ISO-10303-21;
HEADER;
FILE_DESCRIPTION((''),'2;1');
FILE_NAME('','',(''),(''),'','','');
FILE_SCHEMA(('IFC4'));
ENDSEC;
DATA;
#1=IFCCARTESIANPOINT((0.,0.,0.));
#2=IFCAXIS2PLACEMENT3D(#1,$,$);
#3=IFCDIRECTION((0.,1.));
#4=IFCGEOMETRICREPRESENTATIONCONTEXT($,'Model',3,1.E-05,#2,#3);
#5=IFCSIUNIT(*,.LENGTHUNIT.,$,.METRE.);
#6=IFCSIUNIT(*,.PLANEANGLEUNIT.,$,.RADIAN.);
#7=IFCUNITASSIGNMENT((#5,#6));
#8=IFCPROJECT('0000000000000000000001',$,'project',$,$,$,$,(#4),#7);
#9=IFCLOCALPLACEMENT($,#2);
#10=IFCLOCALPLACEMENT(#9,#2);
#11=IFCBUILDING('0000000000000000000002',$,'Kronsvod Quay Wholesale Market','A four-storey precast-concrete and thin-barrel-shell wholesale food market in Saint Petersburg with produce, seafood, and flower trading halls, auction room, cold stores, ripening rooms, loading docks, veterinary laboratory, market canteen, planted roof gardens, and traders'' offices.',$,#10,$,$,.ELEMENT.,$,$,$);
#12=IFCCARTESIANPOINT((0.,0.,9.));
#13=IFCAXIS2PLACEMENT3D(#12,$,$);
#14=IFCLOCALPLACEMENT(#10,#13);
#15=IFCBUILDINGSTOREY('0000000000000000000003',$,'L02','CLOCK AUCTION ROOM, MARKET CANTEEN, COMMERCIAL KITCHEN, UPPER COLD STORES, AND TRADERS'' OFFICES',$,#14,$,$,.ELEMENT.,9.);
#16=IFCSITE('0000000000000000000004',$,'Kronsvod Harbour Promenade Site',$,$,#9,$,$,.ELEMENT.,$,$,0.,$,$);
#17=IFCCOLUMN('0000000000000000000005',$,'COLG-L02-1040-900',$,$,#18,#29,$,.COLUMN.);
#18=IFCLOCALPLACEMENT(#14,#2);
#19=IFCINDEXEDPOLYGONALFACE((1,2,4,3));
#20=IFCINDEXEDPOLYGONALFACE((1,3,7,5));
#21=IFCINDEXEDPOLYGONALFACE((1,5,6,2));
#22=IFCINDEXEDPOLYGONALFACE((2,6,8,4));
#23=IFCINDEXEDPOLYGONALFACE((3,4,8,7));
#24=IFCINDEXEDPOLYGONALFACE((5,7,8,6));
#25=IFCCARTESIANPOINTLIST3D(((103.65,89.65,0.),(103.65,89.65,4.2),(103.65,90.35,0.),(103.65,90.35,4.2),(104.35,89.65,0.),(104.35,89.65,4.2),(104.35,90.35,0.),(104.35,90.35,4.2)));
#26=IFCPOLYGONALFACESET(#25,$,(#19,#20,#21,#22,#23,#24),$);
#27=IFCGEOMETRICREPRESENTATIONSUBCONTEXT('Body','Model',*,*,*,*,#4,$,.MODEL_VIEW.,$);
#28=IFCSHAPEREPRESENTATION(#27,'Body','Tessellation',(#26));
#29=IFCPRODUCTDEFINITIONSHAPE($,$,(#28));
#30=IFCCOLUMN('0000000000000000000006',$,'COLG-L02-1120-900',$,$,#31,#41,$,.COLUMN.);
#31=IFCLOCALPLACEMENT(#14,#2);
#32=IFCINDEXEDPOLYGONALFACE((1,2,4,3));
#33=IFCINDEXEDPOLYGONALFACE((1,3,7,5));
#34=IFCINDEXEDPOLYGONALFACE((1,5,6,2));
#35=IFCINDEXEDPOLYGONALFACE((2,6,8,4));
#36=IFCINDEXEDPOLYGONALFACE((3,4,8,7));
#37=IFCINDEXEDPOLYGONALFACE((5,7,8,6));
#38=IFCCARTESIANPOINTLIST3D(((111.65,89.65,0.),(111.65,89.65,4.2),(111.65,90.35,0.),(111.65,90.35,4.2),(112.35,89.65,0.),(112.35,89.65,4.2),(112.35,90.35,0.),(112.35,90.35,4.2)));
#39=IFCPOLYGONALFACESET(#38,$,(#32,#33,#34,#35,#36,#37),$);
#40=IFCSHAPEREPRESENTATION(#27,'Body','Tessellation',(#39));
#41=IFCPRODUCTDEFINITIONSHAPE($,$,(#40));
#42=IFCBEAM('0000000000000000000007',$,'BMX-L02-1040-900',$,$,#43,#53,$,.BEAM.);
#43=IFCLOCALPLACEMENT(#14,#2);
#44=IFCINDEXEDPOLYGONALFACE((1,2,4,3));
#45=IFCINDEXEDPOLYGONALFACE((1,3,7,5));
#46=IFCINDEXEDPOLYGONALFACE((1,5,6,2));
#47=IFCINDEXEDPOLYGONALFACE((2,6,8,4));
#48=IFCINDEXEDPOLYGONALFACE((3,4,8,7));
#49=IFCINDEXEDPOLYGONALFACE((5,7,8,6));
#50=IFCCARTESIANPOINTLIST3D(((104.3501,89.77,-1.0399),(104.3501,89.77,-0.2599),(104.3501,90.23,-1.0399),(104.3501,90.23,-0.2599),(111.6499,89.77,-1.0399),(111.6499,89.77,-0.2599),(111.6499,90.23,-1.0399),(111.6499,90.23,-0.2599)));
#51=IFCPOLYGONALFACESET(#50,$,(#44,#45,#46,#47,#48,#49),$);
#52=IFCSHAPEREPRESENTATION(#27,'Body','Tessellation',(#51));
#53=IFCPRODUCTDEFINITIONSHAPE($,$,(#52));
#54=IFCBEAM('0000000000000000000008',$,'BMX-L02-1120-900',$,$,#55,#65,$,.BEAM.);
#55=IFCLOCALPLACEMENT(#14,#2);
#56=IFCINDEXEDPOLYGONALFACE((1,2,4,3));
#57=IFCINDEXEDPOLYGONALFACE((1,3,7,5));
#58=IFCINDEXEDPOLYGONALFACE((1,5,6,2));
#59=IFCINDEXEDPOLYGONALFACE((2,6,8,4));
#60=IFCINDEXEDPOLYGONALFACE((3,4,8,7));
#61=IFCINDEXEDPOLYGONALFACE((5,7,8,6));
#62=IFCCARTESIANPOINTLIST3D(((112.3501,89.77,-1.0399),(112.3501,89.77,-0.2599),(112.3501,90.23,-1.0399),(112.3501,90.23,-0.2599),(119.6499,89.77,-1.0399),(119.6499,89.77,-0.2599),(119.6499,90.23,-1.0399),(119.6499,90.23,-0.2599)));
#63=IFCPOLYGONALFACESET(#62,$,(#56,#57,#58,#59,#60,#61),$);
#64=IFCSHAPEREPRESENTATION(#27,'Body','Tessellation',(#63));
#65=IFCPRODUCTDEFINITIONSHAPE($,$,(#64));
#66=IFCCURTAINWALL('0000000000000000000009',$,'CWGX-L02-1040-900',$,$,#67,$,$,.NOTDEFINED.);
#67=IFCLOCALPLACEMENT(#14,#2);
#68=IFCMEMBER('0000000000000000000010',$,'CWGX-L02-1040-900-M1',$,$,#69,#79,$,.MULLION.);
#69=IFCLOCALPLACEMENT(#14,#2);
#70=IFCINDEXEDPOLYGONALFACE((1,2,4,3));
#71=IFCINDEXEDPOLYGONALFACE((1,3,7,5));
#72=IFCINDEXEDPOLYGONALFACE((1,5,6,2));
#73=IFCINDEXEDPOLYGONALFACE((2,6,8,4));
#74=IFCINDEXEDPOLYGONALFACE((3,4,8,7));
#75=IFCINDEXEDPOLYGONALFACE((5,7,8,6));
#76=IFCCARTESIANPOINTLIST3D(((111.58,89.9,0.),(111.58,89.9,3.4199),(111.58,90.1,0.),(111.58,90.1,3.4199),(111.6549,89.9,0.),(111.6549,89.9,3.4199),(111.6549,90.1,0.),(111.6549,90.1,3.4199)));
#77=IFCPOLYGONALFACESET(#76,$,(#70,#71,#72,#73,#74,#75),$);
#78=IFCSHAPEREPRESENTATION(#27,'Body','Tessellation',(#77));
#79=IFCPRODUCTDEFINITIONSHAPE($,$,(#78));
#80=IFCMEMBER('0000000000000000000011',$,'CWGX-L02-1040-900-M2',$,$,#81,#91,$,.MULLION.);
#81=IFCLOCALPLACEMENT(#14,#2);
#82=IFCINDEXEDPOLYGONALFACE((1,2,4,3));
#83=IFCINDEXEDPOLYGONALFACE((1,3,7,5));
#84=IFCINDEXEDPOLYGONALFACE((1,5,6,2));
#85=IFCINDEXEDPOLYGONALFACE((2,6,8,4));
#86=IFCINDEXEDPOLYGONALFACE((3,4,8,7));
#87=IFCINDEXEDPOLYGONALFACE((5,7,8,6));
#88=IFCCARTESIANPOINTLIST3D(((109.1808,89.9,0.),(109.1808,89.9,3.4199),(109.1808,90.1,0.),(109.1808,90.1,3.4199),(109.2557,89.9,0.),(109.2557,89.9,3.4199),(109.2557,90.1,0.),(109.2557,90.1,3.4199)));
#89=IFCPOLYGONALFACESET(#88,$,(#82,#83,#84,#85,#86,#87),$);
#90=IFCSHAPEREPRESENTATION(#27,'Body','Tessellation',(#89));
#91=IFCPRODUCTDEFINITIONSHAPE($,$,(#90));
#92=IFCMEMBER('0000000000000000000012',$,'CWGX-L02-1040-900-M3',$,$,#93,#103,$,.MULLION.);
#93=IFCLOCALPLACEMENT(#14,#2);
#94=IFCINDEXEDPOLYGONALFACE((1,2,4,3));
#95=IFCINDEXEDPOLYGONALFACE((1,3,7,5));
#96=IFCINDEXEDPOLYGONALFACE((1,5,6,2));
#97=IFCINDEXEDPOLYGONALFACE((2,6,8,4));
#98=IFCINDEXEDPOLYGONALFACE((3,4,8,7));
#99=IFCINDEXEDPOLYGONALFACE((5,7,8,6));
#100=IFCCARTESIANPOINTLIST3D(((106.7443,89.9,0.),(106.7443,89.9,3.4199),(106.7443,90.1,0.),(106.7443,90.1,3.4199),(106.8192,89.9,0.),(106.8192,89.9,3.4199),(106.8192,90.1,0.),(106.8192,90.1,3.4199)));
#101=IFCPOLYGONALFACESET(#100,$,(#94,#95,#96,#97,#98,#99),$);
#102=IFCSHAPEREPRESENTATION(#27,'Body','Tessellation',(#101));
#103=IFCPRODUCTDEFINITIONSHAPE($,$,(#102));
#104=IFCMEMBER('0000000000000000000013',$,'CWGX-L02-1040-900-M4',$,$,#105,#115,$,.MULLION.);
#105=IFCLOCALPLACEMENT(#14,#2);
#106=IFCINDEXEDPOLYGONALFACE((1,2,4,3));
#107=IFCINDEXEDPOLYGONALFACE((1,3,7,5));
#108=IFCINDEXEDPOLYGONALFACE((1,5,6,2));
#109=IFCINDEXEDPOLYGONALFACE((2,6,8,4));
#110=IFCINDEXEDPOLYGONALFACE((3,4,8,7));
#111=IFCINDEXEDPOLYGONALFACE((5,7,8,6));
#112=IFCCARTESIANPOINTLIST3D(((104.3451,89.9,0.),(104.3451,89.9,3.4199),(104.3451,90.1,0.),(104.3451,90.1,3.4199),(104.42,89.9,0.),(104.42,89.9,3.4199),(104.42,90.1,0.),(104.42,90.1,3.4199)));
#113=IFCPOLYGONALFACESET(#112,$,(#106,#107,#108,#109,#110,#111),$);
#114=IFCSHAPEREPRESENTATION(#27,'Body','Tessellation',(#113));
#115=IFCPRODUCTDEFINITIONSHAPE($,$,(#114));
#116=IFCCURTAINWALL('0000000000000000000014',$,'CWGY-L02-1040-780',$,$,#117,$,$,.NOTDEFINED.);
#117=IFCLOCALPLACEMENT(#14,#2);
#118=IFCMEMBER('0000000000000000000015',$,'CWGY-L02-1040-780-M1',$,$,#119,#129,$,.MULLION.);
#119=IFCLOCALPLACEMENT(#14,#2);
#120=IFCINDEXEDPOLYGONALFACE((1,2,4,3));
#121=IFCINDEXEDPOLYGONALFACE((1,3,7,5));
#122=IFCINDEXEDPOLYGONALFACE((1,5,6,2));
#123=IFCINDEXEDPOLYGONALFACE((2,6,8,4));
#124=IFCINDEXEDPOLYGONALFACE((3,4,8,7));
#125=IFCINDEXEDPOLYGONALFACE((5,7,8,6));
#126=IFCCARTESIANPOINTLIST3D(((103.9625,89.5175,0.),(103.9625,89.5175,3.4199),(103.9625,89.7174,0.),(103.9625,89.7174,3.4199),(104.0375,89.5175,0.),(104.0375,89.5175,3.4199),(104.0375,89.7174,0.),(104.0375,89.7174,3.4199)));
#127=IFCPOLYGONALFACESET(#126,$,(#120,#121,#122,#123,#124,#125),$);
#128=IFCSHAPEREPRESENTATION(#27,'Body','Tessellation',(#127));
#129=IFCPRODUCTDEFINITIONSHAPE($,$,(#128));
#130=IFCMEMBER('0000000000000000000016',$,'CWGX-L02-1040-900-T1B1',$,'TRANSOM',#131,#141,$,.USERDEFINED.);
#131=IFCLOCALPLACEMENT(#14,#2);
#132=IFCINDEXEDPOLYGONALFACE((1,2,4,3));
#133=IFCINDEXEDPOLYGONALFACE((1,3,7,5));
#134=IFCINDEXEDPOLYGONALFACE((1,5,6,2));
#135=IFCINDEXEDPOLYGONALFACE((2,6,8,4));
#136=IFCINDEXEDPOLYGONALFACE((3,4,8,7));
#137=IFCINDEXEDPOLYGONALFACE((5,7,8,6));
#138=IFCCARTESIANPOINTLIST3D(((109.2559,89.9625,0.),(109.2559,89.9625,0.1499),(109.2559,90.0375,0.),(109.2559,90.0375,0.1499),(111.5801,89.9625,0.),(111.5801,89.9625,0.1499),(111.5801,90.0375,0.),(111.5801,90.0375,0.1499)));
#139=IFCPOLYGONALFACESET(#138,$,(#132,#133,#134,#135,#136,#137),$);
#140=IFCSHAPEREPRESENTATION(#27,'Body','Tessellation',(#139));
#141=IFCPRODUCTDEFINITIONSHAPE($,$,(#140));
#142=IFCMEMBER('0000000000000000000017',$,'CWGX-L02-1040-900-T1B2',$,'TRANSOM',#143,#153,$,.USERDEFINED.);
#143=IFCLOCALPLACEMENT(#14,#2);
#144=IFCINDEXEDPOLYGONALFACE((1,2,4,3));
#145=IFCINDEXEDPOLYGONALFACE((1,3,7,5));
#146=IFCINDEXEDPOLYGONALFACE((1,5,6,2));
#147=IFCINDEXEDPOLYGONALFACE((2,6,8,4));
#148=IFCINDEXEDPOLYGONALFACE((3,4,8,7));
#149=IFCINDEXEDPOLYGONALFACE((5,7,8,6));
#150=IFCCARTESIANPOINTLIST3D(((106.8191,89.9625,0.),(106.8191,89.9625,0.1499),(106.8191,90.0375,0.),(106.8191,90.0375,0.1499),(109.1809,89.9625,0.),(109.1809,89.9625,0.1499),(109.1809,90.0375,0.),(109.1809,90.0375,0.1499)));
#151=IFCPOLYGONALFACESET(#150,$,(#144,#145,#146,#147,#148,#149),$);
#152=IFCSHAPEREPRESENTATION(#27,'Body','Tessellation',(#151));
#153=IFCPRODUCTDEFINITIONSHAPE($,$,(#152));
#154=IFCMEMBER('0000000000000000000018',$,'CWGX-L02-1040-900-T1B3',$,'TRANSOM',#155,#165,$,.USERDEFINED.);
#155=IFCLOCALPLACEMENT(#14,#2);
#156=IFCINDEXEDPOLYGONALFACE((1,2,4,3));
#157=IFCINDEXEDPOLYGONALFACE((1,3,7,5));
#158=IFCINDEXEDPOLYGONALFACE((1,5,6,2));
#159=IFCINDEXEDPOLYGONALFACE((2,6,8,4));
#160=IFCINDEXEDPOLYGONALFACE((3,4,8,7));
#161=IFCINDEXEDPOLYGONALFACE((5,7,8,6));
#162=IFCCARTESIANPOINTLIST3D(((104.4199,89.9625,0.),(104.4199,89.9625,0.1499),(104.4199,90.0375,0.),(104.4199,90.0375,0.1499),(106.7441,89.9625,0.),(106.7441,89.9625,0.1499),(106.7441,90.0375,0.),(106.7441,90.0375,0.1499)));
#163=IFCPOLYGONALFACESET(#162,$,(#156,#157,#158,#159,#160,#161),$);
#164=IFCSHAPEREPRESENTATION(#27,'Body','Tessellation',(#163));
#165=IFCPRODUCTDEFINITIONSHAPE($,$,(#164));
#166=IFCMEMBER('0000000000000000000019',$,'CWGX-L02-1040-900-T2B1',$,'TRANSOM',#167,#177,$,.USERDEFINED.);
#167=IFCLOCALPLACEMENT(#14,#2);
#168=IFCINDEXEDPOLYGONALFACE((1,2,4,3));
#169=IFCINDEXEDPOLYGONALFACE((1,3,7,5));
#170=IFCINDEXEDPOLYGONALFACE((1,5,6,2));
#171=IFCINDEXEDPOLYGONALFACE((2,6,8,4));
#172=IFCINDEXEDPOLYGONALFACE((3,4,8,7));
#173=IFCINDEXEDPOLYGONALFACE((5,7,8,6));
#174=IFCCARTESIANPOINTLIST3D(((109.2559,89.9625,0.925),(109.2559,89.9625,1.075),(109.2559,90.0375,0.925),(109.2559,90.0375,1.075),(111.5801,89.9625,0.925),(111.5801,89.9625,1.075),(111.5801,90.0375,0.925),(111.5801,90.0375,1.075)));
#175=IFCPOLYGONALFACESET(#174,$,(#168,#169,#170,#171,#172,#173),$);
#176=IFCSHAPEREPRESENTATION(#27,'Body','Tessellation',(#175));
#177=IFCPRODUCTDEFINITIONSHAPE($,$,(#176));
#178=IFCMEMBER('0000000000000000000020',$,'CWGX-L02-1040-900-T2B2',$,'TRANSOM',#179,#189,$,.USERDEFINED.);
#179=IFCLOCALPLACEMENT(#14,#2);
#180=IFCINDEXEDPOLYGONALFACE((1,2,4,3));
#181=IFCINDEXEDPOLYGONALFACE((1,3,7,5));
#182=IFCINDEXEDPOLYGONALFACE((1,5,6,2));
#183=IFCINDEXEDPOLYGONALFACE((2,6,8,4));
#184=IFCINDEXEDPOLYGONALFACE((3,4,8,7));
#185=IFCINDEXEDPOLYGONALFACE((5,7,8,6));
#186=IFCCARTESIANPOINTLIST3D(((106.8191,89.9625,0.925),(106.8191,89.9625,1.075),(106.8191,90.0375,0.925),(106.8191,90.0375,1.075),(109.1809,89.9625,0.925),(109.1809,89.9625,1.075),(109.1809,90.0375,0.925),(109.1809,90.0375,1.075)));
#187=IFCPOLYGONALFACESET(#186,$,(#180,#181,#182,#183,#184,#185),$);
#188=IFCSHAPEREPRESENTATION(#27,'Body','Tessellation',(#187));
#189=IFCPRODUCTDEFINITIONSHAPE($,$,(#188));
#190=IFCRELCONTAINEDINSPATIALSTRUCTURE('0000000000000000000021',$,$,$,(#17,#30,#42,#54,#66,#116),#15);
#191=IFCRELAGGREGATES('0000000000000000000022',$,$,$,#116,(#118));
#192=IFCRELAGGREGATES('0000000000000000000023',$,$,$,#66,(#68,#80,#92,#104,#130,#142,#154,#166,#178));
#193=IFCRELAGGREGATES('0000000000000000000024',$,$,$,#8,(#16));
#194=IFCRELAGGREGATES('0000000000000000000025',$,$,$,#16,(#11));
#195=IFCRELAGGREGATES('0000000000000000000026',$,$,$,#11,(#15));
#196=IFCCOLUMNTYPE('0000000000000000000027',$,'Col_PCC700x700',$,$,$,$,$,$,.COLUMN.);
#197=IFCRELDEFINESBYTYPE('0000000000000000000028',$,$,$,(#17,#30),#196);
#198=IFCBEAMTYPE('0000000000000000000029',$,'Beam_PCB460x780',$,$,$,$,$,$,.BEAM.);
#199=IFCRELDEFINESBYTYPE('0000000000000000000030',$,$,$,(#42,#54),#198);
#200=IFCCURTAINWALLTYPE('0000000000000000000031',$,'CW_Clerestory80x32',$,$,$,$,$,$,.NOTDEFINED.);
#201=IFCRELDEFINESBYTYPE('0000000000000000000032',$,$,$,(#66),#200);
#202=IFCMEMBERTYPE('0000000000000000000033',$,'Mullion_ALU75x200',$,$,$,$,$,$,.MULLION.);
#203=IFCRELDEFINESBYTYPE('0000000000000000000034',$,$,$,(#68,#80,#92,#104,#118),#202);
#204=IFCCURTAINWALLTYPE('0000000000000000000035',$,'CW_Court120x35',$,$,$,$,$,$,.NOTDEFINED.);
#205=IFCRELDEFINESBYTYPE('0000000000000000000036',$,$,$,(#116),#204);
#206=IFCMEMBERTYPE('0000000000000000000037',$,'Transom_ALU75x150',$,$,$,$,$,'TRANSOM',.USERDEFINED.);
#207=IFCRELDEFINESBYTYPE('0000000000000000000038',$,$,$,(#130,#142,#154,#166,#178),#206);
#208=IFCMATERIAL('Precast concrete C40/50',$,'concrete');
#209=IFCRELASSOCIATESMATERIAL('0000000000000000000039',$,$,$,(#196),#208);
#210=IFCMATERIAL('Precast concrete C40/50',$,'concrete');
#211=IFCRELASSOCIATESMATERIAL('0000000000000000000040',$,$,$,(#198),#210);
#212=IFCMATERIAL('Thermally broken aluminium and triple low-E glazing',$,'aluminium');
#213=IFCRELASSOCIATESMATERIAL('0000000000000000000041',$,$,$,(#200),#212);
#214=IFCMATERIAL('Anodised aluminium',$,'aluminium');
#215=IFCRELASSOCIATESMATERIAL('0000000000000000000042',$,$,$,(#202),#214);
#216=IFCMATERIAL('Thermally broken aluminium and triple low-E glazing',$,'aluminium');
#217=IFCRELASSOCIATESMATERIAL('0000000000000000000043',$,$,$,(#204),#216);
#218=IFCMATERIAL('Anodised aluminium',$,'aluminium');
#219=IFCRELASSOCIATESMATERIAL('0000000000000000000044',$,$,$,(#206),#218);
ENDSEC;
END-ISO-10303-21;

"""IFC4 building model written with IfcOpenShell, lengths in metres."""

from ifc_helpers import new_model, si_unit, direction, frame, origin, origin_2d, place, context, subcontext, project, spatial, rectangle, extrude, material, material_profile, profile_set, type_object, element, aggregate, save


model = new_model("IFC4")

# Units and contexts
model_context = context("Model", 3, precision=1e-05, world=origin(), true_north=direction((0.0, 1.0)))
body_context = subcontext(model_context, "Body", "Model", "MODEL_VIEW")
ifc_project = project(units=[si_unit("LENGTHUNIT", "METRE"), si_unit("PLANEANGLEUNIT", "RADIAN")], contexts=[model_context])

# Site, building, storey
site_placement = place(None, origin())
site = spatial("IfcSite", under=ifc_project, at=site_placement, Name="Kronsvod Harbour Promenade Site", CompositionType="ELEMENT", RefElevation=0.0)
building_placement = place(site_placement, origin())
building = spatial("IfcBuilding", under=site, at=building_placement, Name="Kronsvod Quay Wholesale Market", Description="A four-storey precast-concrete and thin-barrel-shell wholesale food market in Saint Petersburg with produce, seafood, and flower trading halls, auction room, cold stores, ripening rooms, loading docks, veterinary laboratory, market canteen, planted roof gardens, and traders' offices.", CompositionType="ELEMENT")
storey_placement = place(building_placement, frame((0.0, 0.0, 9.0)))
storey = spatial("IfcBuildingStorey", under=building, at=storey_placement, Name="L02", Description="CLOCK AUCTION ROOM, MARKET CANTEEN, COMMERCIAL KITCHEN, UPPER COLD STORES, AND TRADERS' OFFICES", CompositionType="ELEMENT", Elevation=9.0)

# Columns
ifc_material_1 = material(Name="Precast concrete C40/50", Category="concrete")
ifc_material_profile_1 = material_profile(ifc_material_1, rectangle(XDim=0.7, YDim=0.7, at=origin_2d()), Name="PCC700x700")
ifc_profile_set_1 = profile_set([ifc_material_profile_1], Name="Precast concrete C40/50")
column_type = type_object("IfcColumnType", Name="Col_PCC700x700", PredefinedType="COLUMN", material=ifc_profile_set_1)
for number, where, z_axis, x_axis, name in (
    (1, (104.0, 90.0, 0.0), (0.0, 0.0, 1.0), (1.0, 0.0, 0.0), "COLG-L02-1040-900"),
    (2, (112.0, 90.0, 0.0), (0.0, 0.0, 1.0), (1.0, 0.0, 0.0), "COLG-L02-1120-900"),
):
    element("IfcColumn", number, at=place(storey_placement, frame(where, z_axis=z_axis, x_axis=x_axis)), inside=storey, type_object=column_type, Name=name, PredefinedType="COLUMN", context=body_context, shape_type="SweptSolid", body=[
        extrude(rectangle(XDim=0.7, YDim=0.7, at=origin_2d()), origin(), (0.0, 0.0, 1.0), 4.2),
    ])

# Beams
ifc_material_2 = material(Name="Precast concrete C40/50", Category="concrete")
ifc_material_profile_2 = material_profile(ifc_material_2, rectangle(XDim=0.46, YDim=0.78, at=origin_2d()), Name="PB-03")
ifc_profile_set_2 = profile_set([ifc_material_profile_2], Name="Precast concrete C40/50")
beam_type = type_object("IfcBeamType", Name="Beam_PCB460x780", PredefinedType="BEAM", material=ifc_profile_set_2)
for number, where, z_axis, x_axis, name in (
    (3, (104.3501, 90.0, -0.6499), (1.0, 0.0, 0.0), (0.0, 1.0, 0.0), "BMX-L02-1040-900"),
    (4, (112.3501, 90.0, -0.6499), (1.0, 0.0, 0.0), (0.0, 1.0, 0.0), "BMX-L02-1120-900"),
):
    element("IfcBeam", number, at=place(storey_placement, frame(where, z_axis=z_axis, x_axis=x_axis)), inside=storey, type_object=beam_type, Name=name, PredefinedType="BEAM", context=body_context, shape_type="SweptSolid", body=[
        extrude(rectangle(XDim=0.46, YDim=0.78, at=origin_2d()), origin(), (0.0, 0.0, 1.0), 7.2998),
    ])

# Curtain wall, members
ifc_material_3 = material(Name="Thermally broken aluminium and triple low-E glazing", Category="aluminium")
curtain_wall_type_1 = type_object("IfcCurtainWallType", Name="CW_Clerestory80x32", PredefinedType="NOTDEFINED", material=ifc_material_3)
curtain_wall_1_placement = place(storey_placement, origin())
curtain_wall_1 = element("IfcCurtainWall", 5, at=curtain_wall_1_placement, inside=storey, type_object=curtain_wall_type_1, Name="CWGX-L02-1040-900", PredefinedType="NOTDEFINED")
ifc_material_4 = material(Name="Anodised aluminium", Category="aluminium")
ifc_material_profile_3 = material_profile(ifc_material_4, rectangle(XDim=0.075, YDim=0.2, at=origin_2d()), Name="ALUM75x200")
ifc_profile_set_3 = profile_set([ifc_material_profile_3], Name="Anodised aluminium")
member_type_1 = type_object("IfcMemberType", Name="Mullion_ALU75x200", PredefinedType="MULLION", material=ifc_profile_set_3)
member_1_placement = place(storey_placement, frame((111.6174, 90.0, 0.0), z_axis=(0.0, 0.0, 1.0), x_axis=(1.0, 0.0, 0.0)))
member_1 = element("IfcMember", 6, at=member_1_placement, type_object=member_type_1, Name="CWGX-L02-1040-900-M1", PredefinedType="MULLION", context=body_context, shape_type="SweptSolid", body=[
    extrude(rectangle(XDim=0.075, YDim=0.2, at=origin_2d()), origin(), (0.0, 0.0, 1.0), 3.4199),
])
member_2_placement = place(storey_placement, frame((109.2183, 90.0, 0.0), z_axis=(0.0, 0.0, 1.0), x_axis=(1.0, 0.0, 0.0)))
member_2 = element("IfcMember", 7, at=member_2_placement, type_object=member_type_1, Name="CWGX-L02-1040-900-M2", PredefinedType="MULLION", context=body_context, shape_type="SweptSolid", body=[
    extrude(rectangle(XDim=0.075, YDim=0.2, at=origin_2d()), origin(), (0.0, 0.0, 1.0), 3.4199),
])
member_3_placement = place(storey_placement, frame((106.7817, 90.0, 0.0), z_axis=(0.0, 0.0, 1.0), x_axis=(1.0, 0.0, 0.0)))
member_3 = element("IfcMember", 8, at=member_3_placement, type_object=member_type_1, Name="CWGX-L02-1040-900-M3", PredefinedType="MULLION", context=body_context, shape_type="SweptSolid", body=[
    extrude(rectangle(XDim=0.075, YDim=0.2, at=origin_2d()), origin(), (0.0, 0.0, 1.0), 3.4199),
])
member_4_placement = place(storey_placement, frame((104.3826, 90.0, 0.0), z_axis=(0.0, 0.0, 1.0), x_axis=(1.0, 0.0, 0.0)))
member_4 = element("IfcMember", 9, at=member_4_placement, type_object=member_type_1, Name="CWGX-L02-1040-900-M4", PredefinedType="MULLION", context=body_context, shape_type="SweptSolid", body=[
    extrude(rectangle(XDim=0.075, YDim=0.2, at=origin_2d()), origin(), (0.0, 0.0, 1.0), 3.4199),
])

# Curtain wall, member
ifc_material_5 = material(Name="Thermally broken aluminium and triple low-E glazing", Category="aluminium")
curtain_wall_type_2 = type_object("IfcCurtainWallType", Name="CW_Court120x35", PredefinedType="NOTDEFINED", material=ifc_material_5)
curtain_wall_2_placement = place(storey_placement, origin())
curtain_wall_2 = element("IfcCurtainWall", 10, at=curtain_wall_2_placement, inside=storey, type_object=curtain_wall_type_2, Name="CWGY-L02-1040-780", PredefinedType="NOTDEFINED")
member_5_placement = place(storey_placement, frame((104.0, 89.6174, 0.0), z_axis=(0.0, 0.0, 1.0), x_axis=(1.0, 0.0, 0.0)))
member_5 = element("IfcMember", 11, at=member_5_placement, type_object=member_type_1, Name="CWGY-L02-1040-780-M1", PredefinedType="MULLION", context=body_context, shape_type="SweptSolid", body=[
    extrude(rectangle(XDim=0.075, YDim=0.2, at=origin_2d()), origin(), (0.0, 0.0, 1.0), 3.4199),
])
aggregate(curtain_wall_2, [member_5])

# Members
ifc_material_6 = material(Name="Anodised aluminium", Category="aluminium")
ifc_material_profile_4 = material_profile(ifc_material_6, rectangle(XDim=0.075, YDim=0.1499, at=origin_2d()), Name="ALUT75x150")
ifc_profile_set_4 = profile_set([ifc_material_profile_4], Name="Anodised aluminium")
member_type_2 = type_object("IfcMemberType", Name="Transom_ALU75x150", ElementType="TRANSOM", PredefinedType="USERDEFINED", material=ifc_profile_set_4)
member_6_placement = place(storey_placement, frame((111.5801, 90.0, 0.075), z_axis=(-1.0, 0.0, 0.0), x_axis=(0.0, -1.0, 0.0)))
member_6 = element("IfcMember", 12, at=member_6_placement, type_object=member_type_2, Name="CWGX-L02-1040-900-T1B1", ObjectType="TRANSOM", PredefinedType="USERDEFINED", context=body_context, shape_type="SweptSolid", body=[
    extrude(rectangle(XDim=0.075, YDim=0.1499, at=origin_2d()), origin(), (0.0, 0.0, 1.0), 2.3242),
])
member_7_placement = place(storey_placement, frame((109.1809, 90.0, 0.075), z_axis=(-1.0, 0.0, 0.0), x_axis=(0.0, -1.0, 0.0)))
member_7 = element("IfcMember", 13, at=member_7_placement, type_object=member_type_2, Name="CWGX-L02-1040-900-T1B2", ObjectType="TRANSOM", PredefinedType="USERDEFINED", context=body_context, shape_type="SweptSolid", body=[
    extrude(rectangle(XDim=0.075, YDim=0.1499, at=origin_2d()), origin(), (0.0, 0.0, 1.0), 2.3618),
])
member_8_placement = place(storey_placement, frame((106.7441, 90.0, 0.075), z_axis=(-1.0, 0.0, 0.0), x_axis=(0.0, -1.0, 0.0)))
member_8 = element("IfcMember", 14, at=member_8_placement, type_object=member_type_2, Name="CWGX-L02-1040-900-T1B3", ObjectType="TRANSOM", PredefinedType="USERDEFINED", context=body_context, shape_type="SweptSolid", body=[
    extrude(rectangle(XDim=0.075, YDim=0.1499, at=origin_2d()), origin(), (0.0, 0.0, 1.0), 2.3242),
])
member_9_placement = place(storey_placement, frame((111.5801, 90.0, 1.0), z_axis=(-1.0, 0.0, 0.0), x_axis=(0.0, -1.0, 0.0)))
member_9 = element("IfcMember", 15, at=member_9_placement, type_object=member_type_2, Name="CWGX-L02-1040-900-T2B1", ObjectType="TRANSOM", PredefinedType="USERDEFINED", context=body_context, shape_type="SweptSolid", body=[
    extrude(rectangle(XDim=0.075, YDim=0.1499, at=origin_2d()), origin(), (0.0, 0.0, 1.0), 2.3242),
])
member_10_placement = place(storey_placement, frame((109.1809, 90.0, 1.0), z_axis=(-1.0, 0.0, 0.0), x_axis=(0.0, -1.0, 0.0)))
member_10 = element("IfcMember", 16, at=member_10_placement, type_object=member_type_2, Name="CWGX-L02-1040-900-T2B2", ObjectType="TRANSOM", PredefinedType="USERDEFINED", context=body_context, shape_type="SweptSolid", body=[
    extrude(rectangle(XDim=0.075, YDim=0.1499, at=origin_2d()), origin(), (0.0, 0.0, 1.0), 2.3618),
])

aggregate(curtain_wall_1, [member_1, member_2, member_3, member_4, member_6, member_7, member_8, member_9, member_10])

save(model, "model.ifc")
